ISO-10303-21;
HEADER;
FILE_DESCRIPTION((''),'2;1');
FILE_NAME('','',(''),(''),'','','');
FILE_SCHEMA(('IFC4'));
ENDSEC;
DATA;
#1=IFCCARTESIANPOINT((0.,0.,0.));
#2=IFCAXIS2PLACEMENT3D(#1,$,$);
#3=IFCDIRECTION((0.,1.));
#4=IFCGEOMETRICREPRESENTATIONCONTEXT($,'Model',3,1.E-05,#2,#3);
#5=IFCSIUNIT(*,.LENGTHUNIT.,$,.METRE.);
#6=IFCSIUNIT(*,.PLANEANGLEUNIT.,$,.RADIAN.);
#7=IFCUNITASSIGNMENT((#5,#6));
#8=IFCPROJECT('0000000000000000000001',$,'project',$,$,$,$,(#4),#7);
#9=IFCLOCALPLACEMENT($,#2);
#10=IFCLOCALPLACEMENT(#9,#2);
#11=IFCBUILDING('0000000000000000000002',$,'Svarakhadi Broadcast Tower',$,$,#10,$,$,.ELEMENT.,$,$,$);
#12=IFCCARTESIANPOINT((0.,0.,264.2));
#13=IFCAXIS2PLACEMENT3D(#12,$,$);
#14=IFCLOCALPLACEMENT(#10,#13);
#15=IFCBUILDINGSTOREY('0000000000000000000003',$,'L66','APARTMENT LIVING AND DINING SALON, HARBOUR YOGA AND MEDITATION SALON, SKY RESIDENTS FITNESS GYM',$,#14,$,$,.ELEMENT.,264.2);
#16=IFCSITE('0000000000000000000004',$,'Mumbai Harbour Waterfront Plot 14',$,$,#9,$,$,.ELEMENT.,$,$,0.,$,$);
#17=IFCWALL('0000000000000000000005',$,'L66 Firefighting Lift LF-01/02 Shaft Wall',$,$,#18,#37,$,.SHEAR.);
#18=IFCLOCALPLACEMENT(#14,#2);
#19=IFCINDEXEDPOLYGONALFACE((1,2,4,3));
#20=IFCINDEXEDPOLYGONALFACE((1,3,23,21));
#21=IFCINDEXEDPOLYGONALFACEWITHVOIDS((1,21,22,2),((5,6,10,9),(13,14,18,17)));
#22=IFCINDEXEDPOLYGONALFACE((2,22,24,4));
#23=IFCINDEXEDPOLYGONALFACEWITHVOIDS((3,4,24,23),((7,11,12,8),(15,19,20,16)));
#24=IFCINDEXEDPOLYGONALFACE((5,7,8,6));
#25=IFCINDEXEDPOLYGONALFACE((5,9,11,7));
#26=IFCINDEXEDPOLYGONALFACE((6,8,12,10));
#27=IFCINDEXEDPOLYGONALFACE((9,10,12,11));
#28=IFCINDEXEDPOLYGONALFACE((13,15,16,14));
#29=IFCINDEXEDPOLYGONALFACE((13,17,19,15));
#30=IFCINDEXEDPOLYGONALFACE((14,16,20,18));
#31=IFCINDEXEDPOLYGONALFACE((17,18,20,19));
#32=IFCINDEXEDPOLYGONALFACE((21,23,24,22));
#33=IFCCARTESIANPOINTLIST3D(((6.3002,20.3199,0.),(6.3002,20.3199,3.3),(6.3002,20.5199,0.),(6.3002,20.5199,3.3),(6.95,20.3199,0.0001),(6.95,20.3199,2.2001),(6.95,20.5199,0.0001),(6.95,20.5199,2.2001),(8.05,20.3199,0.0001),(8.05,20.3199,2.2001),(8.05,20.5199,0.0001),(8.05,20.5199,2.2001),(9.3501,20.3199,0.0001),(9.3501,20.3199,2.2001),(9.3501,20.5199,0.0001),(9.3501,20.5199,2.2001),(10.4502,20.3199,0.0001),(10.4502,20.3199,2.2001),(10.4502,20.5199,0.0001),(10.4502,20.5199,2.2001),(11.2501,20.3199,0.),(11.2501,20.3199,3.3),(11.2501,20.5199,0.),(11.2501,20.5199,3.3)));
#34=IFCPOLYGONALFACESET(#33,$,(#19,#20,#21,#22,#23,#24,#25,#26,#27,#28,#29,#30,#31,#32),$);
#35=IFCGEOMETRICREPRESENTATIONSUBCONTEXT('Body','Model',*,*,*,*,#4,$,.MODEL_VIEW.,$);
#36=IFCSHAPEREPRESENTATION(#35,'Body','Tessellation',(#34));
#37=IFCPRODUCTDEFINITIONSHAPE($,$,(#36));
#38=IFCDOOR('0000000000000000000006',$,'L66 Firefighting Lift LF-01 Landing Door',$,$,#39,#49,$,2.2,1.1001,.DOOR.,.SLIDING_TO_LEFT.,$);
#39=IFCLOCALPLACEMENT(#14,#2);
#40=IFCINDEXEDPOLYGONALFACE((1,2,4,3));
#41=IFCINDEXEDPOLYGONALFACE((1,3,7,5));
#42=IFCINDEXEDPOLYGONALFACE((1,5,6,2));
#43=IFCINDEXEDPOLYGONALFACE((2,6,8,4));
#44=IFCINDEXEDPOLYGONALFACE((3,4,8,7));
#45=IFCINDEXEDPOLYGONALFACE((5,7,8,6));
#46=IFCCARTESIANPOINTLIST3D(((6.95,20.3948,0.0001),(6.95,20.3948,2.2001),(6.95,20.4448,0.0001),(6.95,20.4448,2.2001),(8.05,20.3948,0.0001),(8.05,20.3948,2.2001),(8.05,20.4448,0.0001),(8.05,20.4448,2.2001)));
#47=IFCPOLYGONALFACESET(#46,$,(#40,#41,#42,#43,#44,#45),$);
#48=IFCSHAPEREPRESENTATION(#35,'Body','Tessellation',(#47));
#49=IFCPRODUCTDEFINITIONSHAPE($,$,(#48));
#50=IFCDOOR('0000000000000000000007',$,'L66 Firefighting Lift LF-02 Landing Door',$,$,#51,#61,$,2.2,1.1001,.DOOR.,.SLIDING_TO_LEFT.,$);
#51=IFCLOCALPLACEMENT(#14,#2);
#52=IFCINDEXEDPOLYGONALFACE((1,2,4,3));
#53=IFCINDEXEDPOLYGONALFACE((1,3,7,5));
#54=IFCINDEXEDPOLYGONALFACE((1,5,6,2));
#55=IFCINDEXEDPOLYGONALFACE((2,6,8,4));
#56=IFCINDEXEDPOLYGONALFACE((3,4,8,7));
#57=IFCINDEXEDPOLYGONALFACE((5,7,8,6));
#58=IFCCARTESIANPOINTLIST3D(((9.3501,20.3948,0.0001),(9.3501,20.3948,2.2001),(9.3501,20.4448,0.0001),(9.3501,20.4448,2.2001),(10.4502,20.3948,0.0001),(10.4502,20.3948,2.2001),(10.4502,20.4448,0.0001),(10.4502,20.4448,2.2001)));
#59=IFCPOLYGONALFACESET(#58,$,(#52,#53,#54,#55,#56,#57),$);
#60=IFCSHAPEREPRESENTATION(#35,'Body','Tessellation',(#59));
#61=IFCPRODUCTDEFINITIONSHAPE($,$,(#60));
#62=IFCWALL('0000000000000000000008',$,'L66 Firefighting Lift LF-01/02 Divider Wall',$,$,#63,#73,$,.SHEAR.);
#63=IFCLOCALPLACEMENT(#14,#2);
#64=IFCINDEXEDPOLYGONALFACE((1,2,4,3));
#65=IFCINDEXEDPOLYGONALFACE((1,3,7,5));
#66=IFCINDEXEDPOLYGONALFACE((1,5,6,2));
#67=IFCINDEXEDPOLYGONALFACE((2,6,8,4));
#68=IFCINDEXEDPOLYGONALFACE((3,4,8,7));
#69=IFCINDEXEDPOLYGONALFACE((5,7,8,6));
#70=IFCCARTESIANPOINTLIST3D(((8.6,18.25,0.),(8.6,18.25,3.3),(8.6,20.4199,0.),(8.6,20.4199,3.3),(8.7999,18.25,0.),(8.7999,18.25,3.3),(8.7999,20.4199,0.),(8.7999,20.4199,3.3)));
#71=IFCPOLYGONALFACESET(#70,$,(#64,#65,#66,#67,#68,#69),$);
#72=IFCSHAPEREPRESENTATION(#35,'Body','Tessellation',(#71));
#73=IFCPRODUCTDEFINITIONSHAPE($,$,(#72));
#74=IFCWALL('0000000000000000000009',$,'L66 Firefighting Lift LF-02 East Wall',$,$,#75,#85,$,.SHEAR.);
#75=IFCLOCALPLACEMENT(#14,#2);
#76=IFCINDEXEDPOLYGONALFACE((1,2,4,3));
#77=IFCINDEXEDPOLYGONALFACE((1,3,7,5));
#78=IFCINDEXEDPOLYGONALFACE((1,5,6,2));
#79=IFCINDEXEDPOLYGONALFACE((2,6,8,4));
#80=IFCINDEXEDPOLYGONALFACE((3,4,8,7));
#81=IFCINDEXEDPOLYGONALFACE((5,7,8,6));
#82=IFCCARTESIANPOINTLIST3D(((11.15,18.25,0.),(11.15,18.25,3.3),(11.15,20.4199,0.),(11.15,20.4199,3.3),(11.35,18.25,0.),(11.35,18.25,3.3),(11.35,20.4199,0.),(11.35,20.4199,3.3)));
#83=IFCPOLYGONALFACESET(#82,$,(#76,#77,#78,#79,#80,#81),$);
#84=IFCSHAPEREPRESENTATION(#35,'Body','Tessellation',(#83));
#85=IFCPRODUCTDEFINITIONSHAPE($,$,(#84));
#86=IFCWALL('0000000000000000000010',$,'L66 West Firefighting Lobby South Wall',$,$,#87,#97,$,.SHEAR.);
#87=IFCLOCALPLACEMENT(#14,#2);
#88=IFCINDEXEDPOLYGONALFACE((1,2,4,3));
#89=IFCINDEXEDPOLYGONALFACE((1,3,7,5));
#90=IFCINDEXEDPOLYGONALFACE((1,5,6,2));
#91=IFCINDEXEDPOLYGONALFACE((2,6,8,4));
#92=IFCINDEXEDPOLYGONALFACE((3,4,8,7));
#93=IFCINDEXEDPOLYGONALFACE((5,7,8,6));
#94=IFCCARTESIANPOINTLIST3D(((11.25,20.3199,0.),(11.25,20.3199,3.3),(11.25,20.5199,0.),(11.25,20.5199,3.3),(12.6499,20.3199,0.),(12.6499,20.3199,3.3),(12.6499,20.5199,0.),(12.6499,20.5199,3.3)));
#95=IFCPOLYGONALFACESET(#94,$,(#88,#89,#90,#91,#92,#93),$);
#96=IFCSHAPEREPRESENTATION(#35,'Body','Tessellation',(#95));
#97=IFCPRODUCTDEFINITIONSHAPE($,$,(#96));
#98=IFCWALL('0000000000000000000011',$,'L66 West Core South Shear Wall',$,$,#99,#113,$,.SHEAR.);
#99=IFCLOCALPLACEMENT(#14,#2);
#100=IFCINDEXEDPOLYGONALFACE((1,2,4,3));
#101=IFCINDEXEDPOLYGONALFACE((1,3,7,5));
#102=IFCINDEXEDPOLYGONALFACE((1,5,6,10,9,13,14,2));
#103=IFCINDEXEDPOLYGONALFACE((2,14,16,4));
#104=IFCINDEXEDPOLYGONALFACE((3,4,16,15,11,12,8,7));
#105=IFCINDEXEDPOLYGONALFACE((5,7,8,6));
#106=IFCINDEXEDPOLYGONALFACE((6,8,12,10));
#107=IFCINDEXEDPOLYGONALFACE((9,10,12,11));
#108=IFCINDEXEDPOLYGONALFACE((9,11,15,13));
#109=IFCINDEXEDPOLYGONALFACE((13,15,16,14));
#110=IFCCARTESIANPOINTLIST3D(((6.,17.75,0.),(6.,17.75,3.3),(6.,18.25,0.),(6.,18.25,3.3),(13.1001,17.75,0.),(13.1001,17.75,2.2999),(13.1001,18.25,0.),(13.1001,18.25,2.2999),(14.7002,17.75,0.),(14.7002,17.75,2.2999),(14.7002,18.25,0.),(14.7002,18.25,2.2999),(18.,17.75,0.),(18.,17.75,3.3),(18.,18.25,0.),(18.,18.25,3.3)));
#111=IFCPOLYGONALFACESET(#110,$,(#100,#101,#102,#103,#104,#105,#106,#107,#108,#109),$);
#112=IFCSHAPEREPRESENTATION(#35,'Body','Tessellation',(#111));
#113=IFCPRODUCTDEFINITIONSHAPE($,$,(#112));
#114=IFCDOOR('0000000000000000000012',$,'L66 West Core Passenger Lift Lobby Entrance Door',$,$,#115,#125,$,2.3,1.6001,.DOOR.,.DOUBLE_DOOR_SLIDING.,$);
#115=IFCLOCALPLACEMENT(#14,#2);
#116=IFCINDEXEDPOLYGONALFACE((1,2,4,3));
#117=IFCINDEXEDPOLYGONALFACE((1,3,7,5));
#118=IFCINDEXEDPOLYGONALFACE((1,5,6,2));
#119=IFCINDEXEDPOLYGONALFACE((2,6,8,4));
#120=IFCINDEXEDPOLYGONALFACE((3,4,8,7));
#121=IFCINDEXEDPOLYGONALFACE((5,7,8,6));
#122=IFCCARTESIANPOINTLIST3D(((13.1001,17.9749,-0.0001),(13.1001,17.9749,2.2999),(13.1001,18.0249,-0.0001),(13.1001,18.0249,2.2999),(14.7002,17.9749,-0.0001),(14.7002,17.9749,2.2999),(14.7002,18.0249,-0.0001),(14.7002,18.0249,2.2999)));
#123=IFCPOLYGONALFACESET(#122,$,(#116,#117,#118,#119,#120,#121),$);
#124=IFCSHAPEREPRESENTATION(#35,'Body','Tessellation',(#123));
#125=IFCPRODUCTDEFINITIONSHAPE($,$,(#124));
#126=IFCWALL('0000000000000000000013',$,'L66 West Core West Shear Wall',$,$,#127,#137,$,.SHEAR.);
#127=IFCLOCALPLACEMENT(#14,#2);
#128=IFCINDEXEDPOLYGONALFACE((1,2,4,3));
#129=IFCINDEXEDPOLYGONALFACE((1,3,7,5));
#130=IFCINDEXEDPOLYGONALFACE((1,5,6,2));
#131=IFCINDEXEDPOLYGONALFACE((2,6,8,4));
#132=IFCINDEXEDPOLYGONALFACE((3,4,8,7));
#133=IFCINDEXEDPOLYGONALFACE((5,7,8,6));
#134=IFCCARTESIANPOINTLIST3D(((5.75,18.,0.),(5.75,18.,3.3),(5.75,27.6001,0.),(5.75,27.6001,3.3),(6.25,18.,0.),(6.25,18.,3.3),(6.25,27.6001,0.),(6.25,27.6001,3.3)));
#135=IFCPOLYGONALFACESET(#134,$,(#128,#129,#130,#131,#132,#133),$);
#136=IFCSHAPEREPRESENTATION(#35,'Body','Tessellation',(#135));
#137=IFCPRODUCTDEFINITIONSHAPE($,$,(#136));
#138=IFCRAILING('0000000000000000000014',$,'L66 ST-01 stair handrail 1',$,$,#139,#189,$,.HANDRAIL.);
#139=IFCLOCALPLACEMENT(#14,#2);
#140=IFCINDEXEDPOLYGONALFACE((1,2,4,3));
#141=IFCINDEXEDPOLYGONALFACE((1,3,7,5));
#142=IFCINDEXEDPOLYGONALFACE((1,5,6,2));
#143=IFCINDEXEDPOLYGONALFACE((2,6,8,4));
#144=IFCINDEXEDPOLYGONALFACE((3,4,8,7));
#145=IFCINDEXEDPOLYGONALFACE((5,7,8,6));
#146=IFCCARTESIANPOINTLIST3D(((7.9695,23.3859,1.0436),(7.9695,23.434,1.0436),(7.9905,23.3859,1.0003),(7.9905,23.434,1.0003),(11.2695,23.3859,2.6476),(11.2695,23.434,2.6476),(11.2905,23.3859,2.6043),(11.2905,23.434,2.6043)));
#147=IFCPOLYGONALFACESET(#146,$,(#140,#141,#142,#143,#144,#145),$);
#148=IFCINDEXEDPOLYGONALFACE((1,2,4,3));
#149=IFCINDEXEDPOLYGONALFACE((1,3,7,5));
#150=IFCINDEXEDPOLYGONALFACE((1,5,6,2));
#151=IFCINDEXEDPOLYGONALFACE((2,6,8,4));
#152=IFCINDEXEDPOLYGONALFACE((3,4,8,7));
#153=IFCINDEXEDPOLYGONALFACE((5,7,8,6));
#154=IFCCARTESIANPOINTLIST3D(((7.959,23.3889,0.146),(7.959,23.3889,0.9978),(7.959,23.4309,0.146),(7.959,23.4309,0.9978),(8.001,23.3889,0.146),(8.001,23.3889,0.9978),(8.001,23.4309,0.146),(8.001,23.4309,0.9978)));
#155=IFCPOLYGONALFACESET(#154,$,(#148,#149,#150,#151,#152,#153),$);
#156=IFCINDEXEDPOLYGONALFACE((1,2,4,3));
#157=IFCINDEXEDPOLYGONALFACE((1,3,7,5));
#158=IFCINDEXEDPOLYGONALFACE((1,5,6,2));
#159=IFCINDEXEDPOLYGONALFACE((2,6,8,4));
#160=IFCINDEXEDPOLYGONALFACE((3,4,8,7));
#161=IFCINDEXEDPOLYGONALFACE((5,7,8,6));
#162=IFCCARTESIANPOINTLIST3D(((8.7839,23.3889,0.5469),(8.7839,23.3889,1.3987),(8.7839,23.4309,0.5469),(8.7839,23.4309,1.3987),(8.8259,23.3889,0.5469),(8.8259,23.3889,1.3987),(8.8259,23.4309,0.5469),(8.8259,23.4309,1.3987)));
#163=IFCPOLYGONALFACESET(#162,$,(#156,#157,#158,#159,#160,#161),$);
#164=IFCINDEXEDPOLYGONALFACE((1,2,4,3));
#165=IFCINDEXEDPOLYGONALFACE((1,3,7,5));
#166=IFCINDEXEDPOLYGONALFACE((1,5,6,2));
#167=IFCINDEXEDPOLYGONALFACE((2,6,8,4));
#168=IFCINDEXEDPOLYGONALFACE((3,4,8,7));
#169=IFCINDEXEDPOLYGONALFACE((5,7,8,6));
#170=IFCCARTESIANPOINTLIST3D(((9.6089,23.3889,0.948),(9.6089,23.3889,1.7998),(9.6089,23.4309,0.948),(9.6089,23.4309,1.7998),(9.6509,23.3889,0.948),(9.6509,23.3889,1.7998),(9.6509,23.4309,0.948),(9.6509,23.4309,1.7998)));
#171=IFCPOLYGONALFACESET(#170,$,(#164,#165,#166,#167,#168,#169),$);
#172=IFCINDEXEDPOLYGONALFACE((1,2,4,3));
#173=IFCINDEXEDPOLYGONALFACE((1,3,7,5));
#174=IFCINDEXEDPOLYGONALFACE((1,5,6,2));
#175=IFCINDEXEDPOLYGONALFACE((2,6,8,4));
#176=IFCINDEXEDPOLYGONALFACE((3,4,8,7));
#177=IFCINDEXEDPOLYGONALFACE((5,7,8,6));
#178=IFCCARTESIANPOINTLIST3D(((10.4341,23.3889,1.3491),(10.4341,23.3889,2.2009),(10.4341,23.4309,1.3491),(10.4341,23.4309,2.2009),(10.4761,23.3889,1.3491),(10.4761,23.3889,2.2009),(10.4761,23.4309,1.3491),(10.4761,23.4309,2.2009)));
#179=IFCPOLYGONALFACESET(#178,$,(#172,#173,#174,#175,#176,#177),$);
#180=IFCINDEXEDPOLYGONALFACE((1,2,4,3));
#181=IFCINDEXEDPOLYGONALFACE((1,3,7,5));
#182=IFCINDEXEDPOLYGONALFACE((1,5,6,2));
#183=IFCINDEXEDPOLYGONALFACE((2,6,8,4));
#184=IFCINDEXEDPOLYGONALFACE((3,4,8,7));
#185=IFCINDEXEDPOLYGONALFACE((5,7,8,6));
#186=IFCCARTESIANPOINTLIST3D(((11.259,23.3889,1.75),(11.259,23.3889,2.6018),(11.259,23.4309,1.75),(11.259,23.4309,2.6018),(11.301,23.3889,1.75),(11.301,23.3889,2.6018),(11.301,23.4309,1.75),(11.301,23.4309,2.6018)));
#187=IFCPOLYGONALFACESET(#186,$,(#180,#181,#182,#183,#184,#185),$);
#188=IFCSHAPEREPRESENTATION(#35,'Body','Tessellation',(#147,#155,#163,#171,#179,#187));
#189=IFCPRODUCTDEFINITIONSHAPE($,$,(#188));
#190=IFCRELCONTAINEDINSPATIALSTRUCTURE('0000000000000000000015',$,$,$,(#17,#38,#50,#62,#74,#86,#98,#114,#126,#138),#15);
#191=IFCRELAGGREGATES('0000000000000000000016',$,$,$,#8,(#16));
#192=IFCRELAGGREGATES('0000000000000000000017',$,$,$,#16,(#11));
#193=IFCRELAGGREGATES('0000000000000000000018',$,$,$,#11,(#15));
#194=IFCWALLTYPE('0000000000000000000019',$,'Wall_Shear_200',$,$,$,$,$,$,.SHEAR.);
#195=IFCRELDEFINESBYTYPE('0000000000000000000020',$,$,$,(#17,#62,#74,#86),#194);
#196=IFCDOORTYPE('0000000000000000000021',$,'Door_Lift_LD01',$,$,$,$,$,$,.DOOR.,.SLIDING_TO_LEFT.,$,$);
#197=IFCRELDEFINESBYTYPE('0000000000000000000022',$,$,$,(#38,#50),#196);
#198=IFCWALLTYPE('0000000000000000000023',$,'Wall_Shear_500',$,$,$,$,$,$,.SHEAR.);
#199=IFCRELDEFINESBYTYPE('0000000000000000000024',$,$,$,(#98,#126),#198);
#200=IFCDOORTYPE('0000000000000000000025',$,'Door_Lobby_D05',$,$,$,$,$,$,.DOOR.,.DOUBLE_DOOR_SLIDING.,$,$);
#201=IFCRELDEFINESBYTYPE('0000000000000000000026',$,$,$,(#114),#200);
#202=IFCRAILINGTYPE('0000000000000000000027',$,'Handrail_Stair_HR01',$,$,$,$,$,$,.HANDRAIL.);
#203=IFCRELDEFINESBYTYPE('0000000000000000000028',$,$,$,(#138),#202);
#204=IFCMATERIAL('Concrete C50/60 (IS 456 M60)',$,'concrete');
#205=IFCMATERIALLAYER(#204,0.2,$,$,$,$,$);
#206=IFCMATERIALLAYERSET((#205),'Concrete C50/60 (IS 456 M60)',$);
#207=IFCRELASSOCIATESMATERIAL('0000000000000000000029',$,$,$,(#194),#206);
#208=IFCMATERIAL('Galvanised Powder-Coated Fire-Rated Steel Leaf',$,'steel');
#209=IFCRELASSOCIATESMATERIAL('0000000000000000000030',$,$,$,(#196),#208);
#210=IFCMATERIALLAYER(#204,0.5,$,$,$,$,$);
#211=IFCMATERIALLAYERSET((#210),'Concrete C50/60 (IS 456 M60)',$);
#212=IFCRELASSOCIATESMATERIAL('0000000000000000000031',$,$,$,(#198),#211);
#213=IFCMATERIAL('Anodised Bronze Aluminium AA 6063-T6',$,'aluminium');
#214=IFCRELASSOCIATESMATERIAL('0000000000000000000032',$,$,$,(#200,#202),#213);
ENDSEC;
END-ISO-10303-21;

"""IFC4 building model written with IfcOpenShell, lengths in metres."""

from ifc_helpers import new_model, si_unit, direction, frame, frame_2d, origin, origin_2d, place, context, subcontext, project, spatial, rectangle, extrude, material, layer, layer_set, type_object, element, fill, save


model = new_model("IFC4")

# Units and contexts
model_context = context("Model", 3, precision=1e-05, world=origin(), true_north=direction((0.0, 1.0)))
body_context = subcontext(model_context, "Body", "Model", "MODEL_VIEW")
ifc_project = project(units=[si_unit("LENGTHUNIT", "METRE"), si_unit("PLANEANGLEUNIT", "RADIAN")], contexts=[model_context])

# Site, building, storey
site_placement = place(None, origin())
site = spatial("IfcSite", under=ifc_project, at=site_placement, Name="Mumbai Harbour Waterfront Plot 14", CompositionType="ELEMENT", RefElevation=0.0)
building_placement = place(site_placement, origin())
building = spatial("IfcBuilding", under=site, at=building_placement, Name="Svarakhadi Broadcast Tower", CompositionType="ELEMENT")
storey_placement = place(building_placement, frame((0.0, 0.0, 264.2)))
storey = spatial("IfcBuildingStorey", under=building, at=storey_placement, Name="L66", Description="APARTMENT LIVING AND DINING SALON, HARBOUR YOGA AND MEDITATION SALON, SKY RESIDENTS FITNESS GYM", CompositionType="ELEMENT", Elevation=264.2)

# Shared definitions
ifc_material_1 = material(Name="Concrete C50/60 (IS 456 M60)", Category="concrete")

# Shared definitions
ifc_layer_1 = layer(ifc_material_1, 0.2)
ifc_layer_set_1 = layer_set([ifc_layer_1], Name="Concrete C50/60 (IS 456 M60)")
wall_type_1 = type_object("IfcWallType", Name="Wall_Shear_200", PredefinedType="SHEAR", material=ifc_layer_set_1)
ifc_material_2 = material(Name="Galvanised Powder-Coated Fire-Rated Steel Leaf", Category="steel")

# Wall, openings, doors
wall_1_placement = place(storey_placement, frame((6.3, 20.4199, 0.0), z_axis=(0.0, 0.0, 1.0), x_axis=(1.0, 0.0, 0.0)))
wall_1 = element("IfcWall", 1, at=wall_1_placement, inside=storey, type_object=wall_type_1, Name="L66 Firefighting Lift LF-01/02 Shaft Wall", PredefinedType="SHEAR", context=body_context, shape_type="SweptSolid", body=[
    extrude(rectangle(XDim=4.95, YDim=0.2, at=frame_2d((2.4751, 0.0))), origin(), (0.0, 0.0, 1.0), 3.3),
])
opening_1_placement = place(wall_1_placement, frame((0.6499, 0.0, 0.0)))
opening_1 = element("IfcOpeningElement", 2, at=opening_1_placement, cuts=wall_1, PredefinedType="OPENING", context=body_context, shape_type="SweptSolid", body=[
    extrude(rectangle(XDim=1.1001, YDim=2.2, at=frame_2d((0.55, 1.1001))), frame((0.0, 0.1099, 0.0), z_axis=(0.0, -1.0, 0.0), x_axis=(1.0, 0.0, 0.0)), (0.0, 0.0, 1.0), 0.22),
])
opening_2_placement = place(wall_1_placement, frame((3.05, 0.0, 0.0)))
opening_2 = element("IfcOpeningElement", 3, at=opening_2_placement, cuts=wall_1, PredefinedType="OPENING", context=body_context, shape_type="SweptSolid", body=[
    extrude(rectangle(XDim=1.1001, YDim=2.2, at=frame_2d((0.55, 1.1001))), frame((0.0, 0.1099, 0.0), z_axis=(0.0, -1.0, 0.0), x_axis=(1.0, 0.0, 0.0)), (0.0, 0.0, 1.0), 0.22),
])
door_type_1 = type_object("IfcDoorType", Name="Door_Lift_LD01", OperationType="SLIDING_TO_LEFT", PredefinedType="DOOR", material=ifc_material_2)
door_1_placement = place(opening_1_placement, origin())
door_1 = element("IfcDoor", 4, at=door_1_placement, inside=storey, type_object=door_type_1, Name="L66 Firefighting Lift LF-01 Landing Door", OperationType="SLIDING_TO_LEFT", OverallHeight=2.2, OverallWidth=1.1001, PredefinedType="DOOR", context=body_context, shape_type="SweptSolid", body=[
    extrude(rectangle(XDim=1.1001, YDim=2.2, at=frame_2d((0.55, 1.1001))), frame((0.0, 0.0249, 0.0), z_axis=(0.0, -1.0, 0.0), x_axis=(1.0, 0.0, 0.0)), (0.0, 0.0, 1.0), 0.05),
])
fill(opening_1, door_1)
door_2_placement = place(opening_2_placement, origin())
door_2 = element("IfcDoor", 5, at=door_2_placement, inside=storey, type_object=door_type_1, Name="L66 Firefighting Lift LF-02 Landing Door", OperationType="SLIDING_TO_LEFT", OverallHeight=2.2, OverallWidth=1.1001, PredefinedType="DOOR", context=body_context, shape_type="SweptSolid", body=[
    extrude(rectangle(XDim=1.1001, YDim=2.2, at=frame_2d((0.55, 1.1001))), frame((0.0, 0.0249, 0.0), z_axis=(0.0, -1.0, 0.0), x_axis=(1.0, 0.0, 0.0)), (0.0, 0.0, 1.0), 0.05),
])
fill(opening_2, door_2)

# Walls
for number, where, z_axis, x_axis, name in (
    (6, (8.7, 18.25, 0.0), (0.0, 0.0, 1.0), (0.0, 1.0, 0.0), "L66 Firefighting Lift LF-01/02 Divider Wall"),
    (7, (11.25, 18.25, 0.0), (0.0, 0.0, 1.0), (0.0, 1.0, 0.0), "L66 Firefighting Lift LF-02 East Wall"),
):
    element("IfcWall", number, at=place(storey_placement, frame(where, z_axis=z_axis, x_axis=x_axis)), inside=storey, type_object=wall_type_1, Name=name, PredefinedType="SHEAR", context=body_context, shape_type="SweptSolid", body=[
        extrude(rectangle(XDim=2.1699, YDim=0.2, at=frame_2d((1.085, 0.0))), origin(), (0.0, 0.0, 1.0), 3.3),
    ])
wall_2_placement = place(storey_placement, frame((11.25, 20.4199, 0.0), z_axis=(0.0, 0.0, 1.0), x_axis=(1.0, 0.0, 0.0)))
element("IfcWall", 8, at=wall_2_placement, inside=storey, type_object=wall_type_1, Name="L66 West Firefighting Lobby South Wall", PredefinedType="SHEAR", context=body_context, shape_type="SweptSolid", body=[
    extrude(rectangle(XDim=1.3999, YDim=0.2, at=frame_2d((0.7, 0.0))), origin(), (0.0, 0.0, 1.0), 3.3),
])

# Wall, opening, door
ifc_layer_2 = layer(ifc_material_1, 0.5)
ifc_layer_set_2 = layer_set([ifc_layer_2], Name="Concrete C50/60 (IS 456 M60)")
wall_type_2 = type_object("IfcWallType", Name="Wall_Shear_500", PredefinedType="SHEAR", material=ifc_layer_set_2)
wall_3_placement = place(storey_placement, frame((6.0, 18.0, 0.0), z_axis=(0.0, 0.0, 1.0), x_axis=(1.0, 0.0, 0.0)))
wall_3 = element("IfcWall", 9, at=wall_3_placement, inside=storey, type_object=wall_type_2, Name="L66 West Core South Shear Wall", PredefinedType="SHEAR", context=body_context, shape_type="SweptSolid", body=[
    extrude(rectangle(XDim=12.0, YDim=0.5, at=frame_2d((6.0, 0.0))), origin(), (0.0, 0.0, 1.0), 3.3),
])
opening_3_placement = place(wall_3_placement, frame((7.1001, 0.0, 0.0)))
opening_3 = element("IfcOpeningElement", 10, at=opening_3_placement, cuts=wall_3, PredefinedType="OPENING", context=body_context, shape_type="SweptSolid", body=[
    extrude(rectangle(XDim=1.6001, YDim=2.3, at=frame_2d((0.8, 1.1499))), frame((0.0, 0.26, 0.0), z_axis=(0.0, -1.0, 0.0), x_axis=(1.0, 0.0, 0.0)), (0.0, 0.0, 1.0), 0.52),
])
ifc_material_3 = material(Name="Anodised Bronze Aluminium AA 6063-T6", Category="aluminium")
door_type_2 = type_object("IfcDoorType", Name="Door_Lobby_D05", OperationType="DOUBLE_DOOR_SLIDING", PredefinedType="DOOR", material=ifc_material_3)
door_3_placement = place(opening_3_placement, origin())
door_3 = element("IfcDoor", 11, at=door_3_placement, inside=storey, type_object=door_type_2, Name="L66 West Core Passenger Lift Lobby Entrance Door", OperationType="DOUBLE_DOOR_SLIDING", OverallHeight=2.3, OverallWidth=1.6001, PredefinedType="DOOR", context=body_context, shape_type="SweptSolid", body=[
    extrude(rectangle(XDim=1.6001, YDim=2.3, at=frame_2d((0.8, 1.1499))), frame((0.0, 0.0249, 0.0), z_axis=(0.0, -1.0, 0.0), x_axis=(1.0, 0.0, 0.0)), (0.0, 0.0, 1.0), 0.05),
])
fill(opening_3, door_3)

# Wall
wall_4_placement = place(storey_placement, frame((6.0, 18.0, 0.0), z_axis=(0.0, 0.0, 1.0), x_axis=(0.0, 1.0, 0.0)))
element("IfcWall", 12, at=wall_4_placement, inside=storey, type_object=wall_type_2, Name="L66 West Core West Shear Wall", PredefinedType="SHEAR", context=body_context, shape_type="SweptSolid", body=[
    extrude(rectangle(XDim=9.6001, YDim=0.5, at=frame_2d((4.8, 0.0))), origin(), (0.0, 0.0, 1.0), 3.3),
])

# Railing
railing_type = type_object("IfcRailingType", Name="Handrail_Stair_HR01", PredefinedType="HANDRAIL", material=ifc_material_3)
railing_placement = place(storey_placement, frame((7.98, 23.4099, 0.146)))
element("IfcRailing", 13, at=railing_placement, inside=storey, type_object=railing_type, Name="L66 ST-01 stair handrail 1", PredefinedType="HANDRAIL", context=body_context, shape_type="SweptSolid", body=[
    extrude(rectangle(XDim=0.0481, YDim=0.0481, at=origin_2d()), frame((0.0, 0.0, 0.876), z_axis=(0.899388, 0.0, 0.437152), x_axis=(0.0, 1.0, 0.0)), (0.0, 0.0, 1.0), 3.6692),
    extrude(rectangle(XDim=0.042, YDim=0.042, at=origin_2d()), origin(), (0.0, 0.0, 1.0), 0.8518),
    extrude(rectangle(XDim=0.042, YDim=0.042, at=origin_2d()), frame((0.825, 0.0, 0.4009)), (0.0, 0.0, 1.0), 0.8518),
    extrude(rectangle(XDim=0.042, YDim=0.042, at=origin_2d()), frame((1.6499, 0.0, 0.802)), (0.0, 0.0, 1.0), 0.8518),
    extrude(rectangle(XDim=0.042, YDim=0.042, at=origin_2d()), frame((2.4751, 0.0, 1.2031)), (0.0, 0.0, 1.0), 0.8518),
    extrude(rectangle(XDim=0.042, YDim=0.042, at=origin_2d()), frame((3.3, 0.0, 1.604)), (0.0, 0.0, 1.0), 0.8518),
])

save(model, "model.ifc")
